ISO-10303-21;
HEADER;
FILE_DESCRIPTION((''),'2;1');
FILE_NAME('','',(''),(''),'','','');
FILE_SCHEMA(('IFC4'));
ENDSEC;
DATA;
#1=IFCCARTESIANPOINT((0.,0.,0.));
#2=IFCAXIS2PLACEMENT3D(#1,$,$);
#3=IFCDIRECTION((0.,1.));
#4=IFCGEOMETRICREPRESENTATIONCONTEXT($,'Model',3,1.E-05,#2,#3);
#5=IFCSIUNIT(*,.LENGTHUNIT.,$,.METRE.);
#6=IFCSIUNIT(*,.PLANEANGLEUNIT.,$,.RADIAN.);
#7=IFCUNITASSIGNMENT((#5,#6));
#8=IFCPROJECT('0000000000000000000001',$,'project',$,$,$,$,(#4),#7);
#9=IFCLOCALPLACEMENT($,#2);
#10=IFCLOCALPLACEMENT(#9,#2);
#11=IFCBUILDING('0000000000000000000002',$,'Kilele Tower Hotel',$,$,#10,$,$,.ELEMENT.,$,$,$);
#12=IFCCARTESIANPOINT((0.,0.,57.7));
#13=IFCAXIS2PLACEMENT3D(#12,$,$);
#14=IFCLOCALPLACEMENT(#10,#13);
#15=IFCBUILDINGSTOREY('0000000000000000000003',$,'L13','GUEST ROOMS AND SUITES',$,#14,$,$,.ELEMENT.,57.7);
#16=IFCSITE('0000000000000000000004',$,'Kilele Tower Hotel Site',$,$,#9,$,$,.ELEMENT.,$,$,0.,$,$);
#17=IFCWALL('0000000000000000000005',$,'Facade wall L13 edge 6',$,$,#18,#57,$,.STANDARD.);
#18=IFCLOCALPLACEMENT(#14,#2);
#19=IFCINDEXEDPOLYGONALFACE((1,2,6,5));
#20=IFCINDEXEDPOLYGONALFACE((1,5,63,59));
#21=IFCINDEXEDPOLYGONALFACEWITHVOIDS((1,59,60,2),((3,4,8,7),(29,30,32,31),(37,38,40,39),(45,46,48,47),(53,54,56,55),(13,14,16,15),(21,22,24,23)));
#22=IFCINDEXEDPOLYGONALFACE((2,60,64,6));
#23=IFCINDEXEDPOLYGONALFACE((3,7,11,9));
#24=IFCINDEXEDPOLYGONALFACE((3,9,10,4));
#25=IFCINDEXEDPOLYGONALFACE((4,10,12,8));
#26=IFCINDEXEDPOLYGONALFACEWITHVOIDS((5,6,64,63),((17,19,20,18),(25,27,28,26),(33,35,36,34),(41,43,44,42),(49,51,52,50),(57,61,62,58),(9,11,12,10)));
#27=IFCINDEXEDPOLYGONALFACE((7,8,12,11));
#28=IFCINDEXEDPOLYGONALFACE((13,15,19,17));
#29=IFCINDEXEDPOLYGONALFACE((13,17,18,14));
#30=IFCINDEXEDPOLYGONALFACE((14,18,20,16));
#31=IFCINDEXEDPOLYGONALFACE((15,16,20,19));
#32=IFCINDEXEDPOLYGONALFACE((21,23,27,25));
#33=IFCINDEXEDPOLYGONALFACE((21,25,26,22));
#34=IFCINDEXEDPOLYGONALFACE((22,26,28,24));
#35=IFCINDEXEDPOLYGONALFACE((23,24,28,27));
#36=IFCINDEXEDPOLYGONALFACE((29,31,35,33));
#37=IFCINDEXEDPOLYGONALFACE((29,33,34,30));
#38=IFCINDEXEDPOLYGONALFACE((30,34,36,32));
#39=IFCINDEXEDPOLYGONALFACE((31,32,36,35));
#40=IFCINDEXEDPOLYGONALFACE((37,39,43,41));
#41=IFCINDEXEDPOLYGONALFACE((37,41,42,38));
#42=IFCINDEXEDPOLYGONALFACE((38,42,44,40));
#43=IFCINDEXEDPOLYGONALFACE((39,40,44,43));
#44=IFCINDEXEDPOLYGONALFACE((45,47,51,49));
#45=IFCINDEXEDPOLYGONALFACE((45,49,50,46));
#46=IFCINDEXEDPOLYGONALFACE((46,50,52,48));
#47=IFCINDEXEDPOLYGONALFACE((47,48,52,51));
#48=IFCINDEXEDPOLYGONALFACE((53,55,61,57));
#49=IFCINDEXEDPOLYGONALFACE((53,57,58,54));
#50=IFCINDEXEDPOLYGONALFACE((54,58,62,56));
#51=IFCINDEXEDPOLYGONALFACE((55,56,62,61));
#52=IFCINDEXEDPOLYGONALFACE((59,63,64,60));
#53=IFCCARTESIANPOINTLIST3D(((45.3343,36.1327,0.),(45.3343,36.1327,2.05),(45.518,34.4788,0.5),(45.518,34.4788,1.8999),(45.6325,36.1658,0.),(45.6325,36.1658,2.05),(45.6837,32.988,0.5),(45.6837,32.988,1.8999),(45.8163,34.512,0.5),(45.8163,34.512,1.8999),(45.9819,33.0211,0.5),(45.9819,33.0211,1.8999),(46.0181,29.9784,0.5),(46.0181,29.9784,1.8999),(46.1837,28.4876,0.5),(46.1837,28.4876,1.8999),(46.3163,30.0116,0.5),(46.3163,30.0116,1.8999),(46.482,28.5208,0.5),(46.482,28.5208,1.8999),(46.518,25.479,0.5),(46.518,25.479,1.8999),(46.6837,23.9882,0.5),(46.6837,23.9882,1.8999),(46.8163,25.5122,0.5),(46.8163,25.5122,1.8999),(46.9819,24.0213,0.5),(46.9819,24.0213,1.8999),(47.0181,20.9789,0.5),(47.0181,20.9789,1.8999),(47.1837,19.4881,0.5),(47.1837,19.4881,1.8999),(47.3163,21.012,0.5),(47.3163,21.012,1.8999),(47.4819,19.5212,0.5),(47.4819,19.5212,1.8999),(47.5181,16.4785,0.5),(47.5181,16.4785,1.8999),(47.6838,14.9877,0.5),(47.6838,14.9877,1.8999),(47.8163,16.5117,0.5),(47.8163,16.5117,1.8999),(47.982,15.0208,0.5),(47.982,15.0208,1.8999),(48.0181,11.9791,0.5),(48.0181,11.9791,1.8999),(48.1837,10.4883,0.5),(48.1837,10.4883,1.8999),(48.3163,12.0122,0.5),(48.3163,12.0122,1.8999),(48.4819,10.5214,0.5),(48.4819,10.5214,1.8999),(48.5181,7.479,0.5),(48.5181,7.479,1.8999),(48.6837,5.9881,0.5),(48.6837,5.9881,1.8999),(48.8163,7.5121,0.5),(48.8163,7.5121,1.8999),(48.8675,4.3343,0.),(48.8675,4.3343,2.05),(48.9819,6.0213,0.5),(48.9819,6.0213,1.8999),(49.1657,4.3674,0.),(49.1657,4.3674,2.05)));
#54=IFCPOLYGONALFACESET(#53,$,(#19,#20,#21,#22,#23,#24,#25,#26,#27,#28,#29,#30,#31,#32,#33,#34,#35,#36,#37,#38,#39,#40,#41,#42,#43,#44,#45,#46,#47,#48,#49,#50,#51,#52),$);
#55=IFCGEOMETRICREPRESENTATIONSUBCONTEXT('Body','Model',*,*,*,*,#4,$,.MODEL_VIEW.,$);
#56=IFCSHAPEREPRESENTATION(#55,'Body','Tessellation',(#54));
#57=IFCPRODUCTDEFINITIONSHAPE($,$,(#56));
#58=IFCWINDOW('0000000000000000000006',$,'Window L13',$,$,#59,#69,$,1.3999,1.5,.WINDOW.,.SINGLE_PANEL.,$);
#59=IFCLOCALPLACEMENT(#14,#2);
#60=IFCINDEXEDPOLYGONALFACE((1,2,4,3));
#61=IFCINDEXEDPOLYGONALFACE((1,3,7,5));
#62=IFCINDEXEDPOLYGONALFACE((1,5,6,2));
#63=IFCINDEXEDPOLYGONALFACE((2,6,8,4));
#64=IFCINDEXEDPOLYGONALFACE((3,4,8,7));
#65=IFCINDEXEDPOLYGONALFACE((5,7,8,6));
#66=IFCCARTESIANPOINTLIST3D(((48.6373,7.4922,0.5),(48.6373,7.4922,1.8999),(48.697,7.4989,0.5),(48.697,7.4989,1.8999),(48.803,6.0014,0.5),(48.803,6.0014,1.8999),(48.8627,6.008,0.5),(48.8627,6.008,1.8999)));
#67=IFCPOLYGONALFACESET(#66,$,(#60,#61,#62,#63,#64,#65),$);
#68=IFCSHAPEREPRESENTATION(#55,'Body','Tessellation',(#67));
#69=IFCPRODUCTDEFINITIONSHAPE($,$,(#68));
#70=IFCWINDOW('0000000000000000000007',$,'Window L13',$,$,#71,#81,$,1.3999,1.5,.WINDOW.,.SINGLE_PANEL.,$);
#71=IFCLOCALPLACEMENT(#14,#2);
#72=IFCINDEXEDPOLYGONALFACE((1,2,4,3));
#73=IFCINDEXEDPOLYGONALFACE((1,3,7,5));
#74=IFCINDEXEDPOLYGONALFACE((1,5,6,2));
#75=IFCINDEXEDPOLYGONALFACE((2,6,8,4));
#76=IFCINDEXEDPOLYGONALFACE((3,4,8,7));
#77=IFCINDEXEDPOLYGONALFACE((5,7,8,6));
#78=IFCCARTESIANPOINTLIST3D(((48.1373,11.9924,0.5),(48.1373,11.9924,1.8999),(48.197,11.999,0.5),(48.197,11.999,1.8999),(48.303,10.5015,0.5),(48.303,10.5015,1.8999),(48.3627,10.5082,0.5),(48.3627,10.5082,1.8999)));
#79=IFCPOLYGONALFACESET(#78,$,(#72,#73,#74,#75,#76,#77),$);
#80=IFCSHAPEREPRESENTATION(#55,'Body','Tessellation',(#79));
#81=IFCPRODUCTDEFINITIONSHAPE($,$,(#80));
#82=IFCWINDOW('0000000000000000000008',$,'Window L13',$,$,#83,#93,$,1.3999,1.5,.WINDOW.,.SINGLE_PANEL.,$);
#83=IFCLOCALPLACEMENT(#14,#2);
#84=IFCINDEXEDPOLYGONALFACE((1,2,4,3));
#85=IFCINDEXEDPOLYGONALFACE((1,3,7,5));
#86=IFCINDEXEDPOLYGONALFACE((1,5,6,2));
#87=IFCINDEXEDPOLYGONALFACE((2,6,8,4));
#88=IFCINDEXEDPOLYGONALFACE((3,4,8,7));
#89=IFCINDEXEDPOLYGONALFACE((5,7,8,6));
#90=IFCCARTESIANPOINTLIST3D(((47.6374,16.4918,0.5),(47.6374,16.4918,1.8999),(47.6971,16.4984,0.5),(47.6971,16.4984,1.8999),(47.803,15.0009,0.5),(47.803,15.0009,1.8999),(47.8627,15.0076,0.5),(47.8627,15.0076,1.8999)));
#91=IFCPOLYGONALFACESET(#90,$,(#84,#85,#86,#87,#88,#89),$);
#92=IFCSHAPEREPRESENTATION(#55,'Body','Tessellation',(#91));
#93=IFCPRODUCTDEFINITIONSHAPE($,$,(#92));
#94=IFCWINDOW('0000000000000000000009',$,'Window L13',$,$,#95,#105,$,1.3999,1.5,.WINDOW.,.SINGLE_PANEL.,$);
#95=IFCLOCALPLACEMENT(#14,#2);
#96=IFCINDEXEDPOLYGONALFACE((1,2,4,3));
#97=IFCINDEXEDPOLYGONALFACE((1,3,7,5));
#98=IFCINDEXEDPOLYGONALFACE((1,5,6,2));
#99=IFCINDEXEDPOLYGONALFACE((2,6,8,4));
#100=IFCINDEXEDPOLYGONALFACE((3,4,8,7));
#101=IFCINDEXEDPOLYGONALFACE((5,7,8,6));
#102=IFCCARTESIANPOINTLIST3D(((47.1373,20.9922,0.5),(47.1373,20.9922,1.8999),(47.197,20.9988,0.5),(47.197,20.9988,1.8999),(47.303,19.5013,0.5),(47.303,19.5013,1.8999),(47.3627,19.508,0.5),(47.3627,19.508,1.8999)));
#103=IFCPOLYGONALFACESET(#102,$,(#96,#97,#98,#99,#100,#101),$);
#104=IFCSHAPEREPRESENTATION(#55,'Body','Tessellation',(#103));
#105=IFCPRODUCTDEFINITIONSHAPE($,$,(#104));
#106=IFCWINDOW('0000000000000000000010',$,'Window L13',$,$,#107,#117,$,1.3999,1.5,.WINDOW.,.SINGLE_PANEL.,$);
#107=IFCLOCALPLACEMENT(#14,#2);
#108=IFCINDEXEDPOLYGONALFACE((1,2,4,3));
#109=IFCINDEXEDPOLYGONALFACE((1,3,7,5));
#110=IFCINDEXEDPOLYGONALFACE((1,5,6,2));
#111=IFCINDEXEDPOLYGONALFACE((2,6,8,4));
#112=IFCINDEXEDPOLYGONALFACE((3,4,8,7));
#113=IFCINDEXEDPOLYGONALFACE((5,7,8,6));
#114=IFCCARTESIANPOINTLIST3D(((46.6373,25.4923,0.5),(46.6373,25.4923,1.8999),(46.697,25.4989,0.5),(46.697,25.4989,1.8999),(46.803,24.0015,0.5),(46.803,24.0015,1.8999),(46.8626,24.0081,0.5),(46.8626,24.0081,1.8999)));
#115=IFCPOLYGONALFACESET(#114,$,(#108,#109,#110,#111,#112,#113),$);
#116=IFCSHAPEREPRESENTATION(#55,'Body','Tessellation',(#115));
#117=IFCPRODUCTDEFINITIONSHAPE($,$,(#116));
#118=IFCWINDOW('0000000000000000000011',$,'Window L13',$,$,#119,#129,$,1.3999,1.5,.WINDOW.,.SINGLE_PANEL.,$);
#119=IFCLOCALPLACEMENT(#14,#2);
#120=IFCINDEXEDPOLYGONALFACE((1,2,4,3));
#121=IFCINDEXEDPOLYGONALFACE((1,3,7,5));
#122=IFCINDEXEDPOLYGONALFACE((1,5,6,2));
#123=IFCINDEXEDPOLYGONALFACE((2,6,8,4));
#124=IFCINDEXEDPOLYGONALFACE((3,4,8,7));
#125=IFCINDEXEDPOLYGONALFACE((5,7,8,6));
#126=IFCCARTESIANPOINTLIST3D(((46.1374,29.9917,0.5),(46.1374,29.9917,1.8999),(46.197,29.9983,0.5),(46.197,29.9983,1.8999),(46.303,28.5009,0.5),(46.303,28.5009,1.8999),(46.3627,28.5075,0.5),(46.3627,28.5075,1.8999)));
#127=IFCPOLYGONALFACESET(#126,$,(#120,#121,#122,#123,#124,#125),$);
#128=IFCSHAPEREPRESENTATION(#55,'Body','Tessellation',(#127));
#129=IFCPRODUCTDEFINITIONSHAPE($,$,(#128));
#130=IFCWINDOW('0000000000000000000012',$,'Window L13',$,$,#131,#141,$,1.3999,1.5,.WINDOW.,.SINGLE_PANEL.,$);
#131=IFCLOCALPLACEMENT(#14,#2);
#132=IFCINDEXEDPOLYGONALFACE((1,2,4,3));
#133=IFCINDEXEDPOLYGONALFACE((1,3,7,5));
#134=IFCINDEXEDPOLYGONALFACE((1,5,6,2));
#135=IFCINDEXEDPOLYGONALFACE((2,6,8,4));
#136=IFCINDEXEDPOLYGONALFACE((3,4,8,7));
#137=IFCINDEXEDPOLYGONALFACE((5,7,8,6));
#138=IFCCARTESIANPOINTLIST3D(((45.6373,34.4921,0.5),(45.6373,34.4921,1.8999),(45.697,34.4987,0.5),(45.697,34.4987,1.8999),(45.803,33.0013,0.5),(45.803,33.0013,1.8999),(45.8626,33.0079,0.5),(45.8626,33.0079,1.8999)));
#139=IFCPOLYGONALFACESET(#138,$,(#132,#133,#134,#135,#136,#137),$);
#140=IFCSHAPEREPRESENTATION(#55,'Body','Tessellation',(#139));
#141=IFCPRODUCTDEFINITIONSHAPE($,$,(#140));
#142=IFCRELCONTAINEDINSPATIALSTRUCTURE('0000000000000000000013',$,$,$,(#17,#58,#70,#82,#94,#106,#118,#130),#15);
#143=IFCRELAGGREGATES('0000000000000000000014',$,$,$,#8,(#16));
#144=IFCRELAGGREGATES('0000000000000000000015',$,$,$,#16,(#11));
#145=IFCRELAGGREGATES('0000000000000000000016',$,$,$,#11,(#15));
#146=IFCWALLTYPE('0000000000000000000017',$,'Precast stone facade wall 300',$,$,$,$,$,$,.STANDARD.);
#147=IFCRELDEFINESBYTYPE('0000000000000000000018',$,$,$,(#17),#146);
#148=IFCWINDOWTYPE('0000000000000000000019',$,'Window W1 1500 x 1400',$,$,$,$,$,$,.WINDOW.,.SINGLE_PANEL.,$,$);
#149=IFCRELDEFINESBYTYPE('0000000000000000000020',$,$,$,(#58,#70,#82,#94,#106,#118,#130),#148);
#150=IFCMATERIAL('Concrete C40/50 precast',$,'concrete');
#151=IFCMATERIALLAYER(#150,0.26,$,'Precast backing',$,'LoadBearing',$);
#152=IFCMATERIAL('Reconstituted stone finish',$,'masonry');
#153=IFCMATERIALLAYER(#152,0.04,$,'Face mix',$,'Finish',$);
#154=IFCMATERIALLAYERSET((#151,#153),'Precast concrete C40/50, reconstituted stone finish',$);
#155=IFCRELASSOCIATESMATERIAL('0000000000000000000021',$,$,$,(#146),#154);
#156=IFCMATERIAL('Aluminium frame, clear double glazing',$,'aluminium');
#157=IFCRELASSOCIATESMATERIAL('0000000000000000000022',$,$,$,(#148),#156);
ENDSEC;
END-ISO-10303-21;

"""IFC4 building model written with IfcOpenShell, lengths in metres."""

from ifc_helpers import new_model, si_unit, direction, frame, frame_2d, origin, place, context, subcontext, project, spatial, rectangle, extrude, material, layer, layer_set, type_object, element, fill, save


model = new_model("IFC4")

# Units and contexts
model_context = context("Model", 3, precision=1e-05, world=origin(), true_north=direction((0.0, 1.0)))
body_context = subcontext(model_context, "Body", "Model", "MODEL_VIEW")
ifc_project = project(units=[si_unit("LENGTHUNIT", "METRE"), si_unit("PLANEANGLEUNIT", "RADIAN")], contexts=[model_context])

# Site, building, storey
site_placement = place(None, origin())
site = spatial("IfcSite", under=ifc_project, at=site_placement, Name="Kilele Tower Hotel Site", CompositionType="ELEMENT", RefElevation=0.0)
building_placement = place(site_placement, origin())
building = spatial("IfcBuilding", under=site, at=building_placement, Name="Kilele Tower Hotel", CompositionType="ELEMENT")
storey_placement = place(building_placement, frame((0.0, 0.0, 57.7)))
storey = spatial("IfcBuildingStorey", under=building, at=storey_placement, Name="L13", Description="GUEST ROOMS AND SUITES", CompositionType="ELEMENT", Elevation=57.7)

# Shared definitions
ifc_material_1 = material(Name="Concrete C40/50 precast", Category="concrete")
ifc_layer_1 = layer(ifc_material_1, 0.26, Name="Precast backing", Category="LoadBearing")
ifc_material_2 = material(Name="Reconstituted stone finish", Category="masonry")
ifc_layer_2 = layer(ifc_material_2, 0.04, Name="Face mix", Category="Finish")
ifc_layer_set_1 = layer_set([ifc_layer_1, ifc_layer_2], Name="Precast concrete C40/50, reconstituted stone finish")
wall_type_1 = type_object("IfcWallType", Name="Precast stone facade wall 300", PredefinedType="STANDARD", material=ifc_layer_set_1)
ifc_material_3 = material(Name="Aluminium frame, clear double glazing", Category="aluminium")
window_type = type_object("IfcWindowType", Name="Window W1 1500 x 1400", PartitioningType="SINGLE_PANEL", PredefinedType="WINDOW", material=ifc_material_3)

# Wall, openings, windows
wall_1_placement = place(storey_placement, frame((49.0166, 4.3508, 0.0), z_axis=(0.0, 0.0, 1.0), x_axis=(-0.110433, 0.993884, 0.0)))
wall_1 = element("IfcWall", 1, at=wall_1_placement, inside=storey, type_object=wall_type_1, Name="Facade wall L13 edge 6", PredefinedType="STANDARD", context=body_context, shape_type="SweptSolid", body=[
    extrude(rectangle(XDim=31.9941, YDim=0.3, at=frame_2d((15.9971, 0.0))), origin(), (0.0, 0.0, 1.0), 2.05),
])
opening_1_placement = place(wall_1_placement, frame((1.6641, 0.0, 0.5)))
opening_1 = element("IfcOpeningElement", 2, at=opening_1_placement, cuts=wall_1, PredefinedType="OPENING", context=body_context, shape_type="SweptSolid", body=[
    extrude(rectangle(XDim=1.5, YDim=1.3999, at=frame_2d((0.75, 0.7))), frame((0.0, 0.1599, 0.0), z_axis=(0.0, -1.0, 0.0), x_axis=(1.0, 0.0, 0.0)), (0.0, 0.0, 1.0), 0.3201),
])
opening_2_placement = place(wall_1_placement, frame((6.1919, 0.0, 0.5)))
opening_2 = element("IfcOpeningElement", 3, at=opening_2_placement, cuts=wall_1, PredefinedType="OPENING", context=body_context, shape_type="SweptSolid", body=[
    extrude(rectangle(XDim=1.5, YDim=1.3999, at=frame_2d((0.75, 0.7))), frame((0.0, 0.1599, 0.0), z_axis=(0.0, -1.0, 0.0), x_axis=(1.0, 0.0, 0.0)), (0.0, 0.0, 1.0), 0.3201),
])
opening_3_placement = place(wall_1_placement, frame((10.719, 0.0, 0.5)))
opening_3 = element("IfcOpeningElement", 4, at=opening_3_placement, cuts=wall_1, PredefinedType="OPENING", context=body_context, shape_type="SweptSolid", body=[
    extrude(rectangle(XDim=1.5, YDim=1.3999, at=frame_2d((0.75, 0.7))), frame((0.0, 0.1599, 0.0), z_axis=(0.0, -1.0, 0.0), x_axis=(1.0, 0.0, 0.0)), (0.0, 0.0, 1.0), 0.3201),
])
opening_4_placement = place(wall_1_placement, frame((15.2471, 0.0, 0.5)))
opening_4 = element("IfcOpeningElement", 5, at=opening_4_placement, cuts=wall_1, PredefinedType="OPENING", context=body_context, shape_type="SweptSolid", body=[
    extrude(rectangle(XDim=1.5, YDim=1.3999, at=frame_2d((0.75, 0.7))), frame((0.0, 0.1599, 0.0), z_axis=(0.0, -1.0, 0.0), x_axis=(1.0, 0.0, 0.0)), (0.0, 0.0, 1.0), 0.3201),
])
opening_5_placement = place(wall_1_placement, frame((19.7749, 0.0, 0.5)))
opening_5 = element("IfcOpeningElement", 6, at=opening_5_placement, cuts=wall_1, PredefinedType="OPENING", context=body_context, shape_type="SweptSolid", body=[
    extrude(rectangle(XDim=1.5, YDim=1.3999, at=frame_2d((0.75, 0.7))), frame((0.0, 0.1599, 0.0), z_axis=(0.0, -1.0, 0.0), x_axis=(1.0, 0.0, 0.0)), (0.0, 0.0, 1.0), 0.3201),
])
opening_6_placement = place(wall_1_placement, frame((24.302, 0.0, 0.5)))
opening_6 = element("IfcOpeningElement", 7, at=opening_6_placement, cuts=wall_1, PredefinedType="OPENING", context=body_context, shape_type="SweptSolid", body=[
    extrude(rectangle(XDim=1.5, YDim=1.3999, at=frame_2d((0.75, 0.7))), frame((0.0, 0.1599, 0.0), z_axis=(0.0, -1.0, 0.0), x_axis=(1.0, 0.0, 0.0)), (0.0, 0.0, 1.0), 0.3201),
])
opening_7_placement = place(wall_1_placement, frame((28.8301, 0.0, 0.5)))
opening_7 = element("IfcOpeningElement", 8, at=opening_7_placement, cuts=wall_1, PredefinedType="OPENING", context=body_context, shape_type="SweptSolid", body=[
    extrude(rectangle(XDim=1.5, YDim=1.3999, at=frame_2d((0.75, 0.7))), frame((0.0, 0.1599, 0.0), z_axis=(0.0, -1.0, 0.0), x_axis=(1.0, 0.0, 0.0)), (0.0, 0.0, 1.0), 0.3201),
])
window_1_placement = place(opening_1_placement, origin())
window_1 = element("IfcWindow", 9, at=window_1_placement, inside=storey, type_object=window_type, Name="Window L13", OverallHeight=1.3999, OverallWidth=1.5, PartitioningType="SINGLE_PANEL", PredefinedType="WINDOW", context=body_context, shape_type="SweptSolid", body=[
    extrude(rectangle(XDim=1.5, YDim=1.3999, at=frame_2d((0.75, 0.7))), frame((0.0, 0.03, 0.0), z_axis=(0.0, -1.0, 0.0), x_axis=(1.0, 0.0, 0.0)), (0.0, 0.0, 1.0), 0.0601),
])
fill(opening_1, window_1)
window_2_placement = place(opening_2_placement, origin())
window_2 = element("IfcWindow", 10, at=window_2_placement, inside=storey, type_object=window_type, Name="Window L13", OverallHeight=1.3999, OverallWidth=1.5, PartitioningType="SINGLE_PANEL", PredefinedType="WINDOW", context=body_context, shape_type="SweptSolid", body=[
    extrude(rectangle(XDim=1.5, YDim=1.3999, at=frame_2d((0.75, 0.7))), frame((0.0, 0.03, 0.0), z_axis=(0.0, -1.0, 0.0), x_axis=(1.0, 0.0, 0.0)), (0.0, 0.0, 1.0), 0.0601),
])
fill(opening_2, window_2)
window_3_placement = place(opening_3_placement, origin())
window_3 = element("IfcWindow", 11, at=window_3_placement, inside=storey, type_object=window_type, Name="Window L13", OverallHeight=1.3999, OverallWidth=1.5, PartitioningType="SINGLE_PANEL", PredefinedType="WINDOW", context=body_context, shape_type="SweptSolid", body=[
    extrude(rectangle(XDim=1.5, YDim=1.3999, at=frame_2d((0.75, 0.7))), frame((0.0, 0.03, 0.0), z_axis=(0.0, -1.0, 0.0), x_axis=(1.0, 0.0, 0.0)), (0.0, 0.0, 1.0), 0.0601),
])
fill(opening_3, window_3)
window_4_placement = place(opening_4_placement, origin())
window_4 = element("IfcWindow", 12, at=window_4_placement, inside=storey, type_object=window_type, Name="Window L13", OverallHeight=1.3999, OverallWidth=1.5, PartitioningType="SINGLE_PANEL", PredefinedType="WINDOW", context=body_context, shape_type="SweptSolid", body=[
    extrude(rectangle(XDim=1.5, YDim=1.3999, at=frame_2d((0.75, 0.7))), frame((0.0, 0.03, 0.0), z_axis=(0.0, -1.0, 0.0), x_axis=(1.0, 0.0, 0.0)), (0.0, 0.0, 1.0), 0.0601),
])
fill(opening_4, window_4)
window_5_placement = place(opening_5_placement, origin())
window_5 = element("IfcWindow", 13, at=window_5_placement, inside=storey, type_object=window_type, Name="Window L13", OverallHeight=1.3999, OverallWidth=1.5, PartitioningType="SINGLE_PANEL", PredefinedType="WINDOW", context=body_context, shape_type="SweptSolid", body=[
    extrude(rectangle(XDim=1.5, YDim=1.3999, at=frame_2d((0.75, 0.7))), frame((0.0, 0.03, 0.0), z_axis=(0.0, -1.0, 0.0), x_axis=(1.0, 0.0, 0.0)), (0.0, 0.0, 1.0), 0.0601),
])
fill(opening_5, window_5)
window_6_placement = place(opening_6_placement, origin())
window_6 = element("IfcWindow", 14, at=window_6_placement, inside=storey, type_object=window_type, Name="Window L13", OverallHeight=1.3999, OverallWidth=1.5, PartitioningType="SINGLE_PANEL", PredefinedType="WINDOW", context=body_context, shape_type="SweptSolid", body=[
    extrude(rectangle(XDim=1.5, YDim=1.3999, at=frame_2d((0.75, 0.7))), frame((0.0, 0.03, 0.0), z_axis=(0.0, -1.0, 0.0), x_axis=(1.0, 0.0, 0.0)), (0.0, 0.0, 1.0), 0.0601),
])
fill(opening_6, window_6)
window_7_placement = place(opening_7_placement, origin())
window_7 = element("IfcWindow", 15, at=window_7_placement, inside=storey, type_object=window_type, Name="Window L13", OverallHeight=1.3999, OverallWidth=1.5, PartitioningType="SINGLE_PANEL", PredefinedType="WINDOW", context=body_context, shape_type="SweptSolid", body=[
    extrude(rectangle(XDim=1.5, YDim=1.3999, at=frame_2d((0.75, 0.7))), frame((0.0, 0.03, 0.0), z_axis=(0.0, -1.0, 0.0), x_axis=(1.0, 0.0, 0.0)), (0.0, 0.0, 1.0), 0.0601),
])
fill(opening_7, window_7)

save(model, "model.ifc")
